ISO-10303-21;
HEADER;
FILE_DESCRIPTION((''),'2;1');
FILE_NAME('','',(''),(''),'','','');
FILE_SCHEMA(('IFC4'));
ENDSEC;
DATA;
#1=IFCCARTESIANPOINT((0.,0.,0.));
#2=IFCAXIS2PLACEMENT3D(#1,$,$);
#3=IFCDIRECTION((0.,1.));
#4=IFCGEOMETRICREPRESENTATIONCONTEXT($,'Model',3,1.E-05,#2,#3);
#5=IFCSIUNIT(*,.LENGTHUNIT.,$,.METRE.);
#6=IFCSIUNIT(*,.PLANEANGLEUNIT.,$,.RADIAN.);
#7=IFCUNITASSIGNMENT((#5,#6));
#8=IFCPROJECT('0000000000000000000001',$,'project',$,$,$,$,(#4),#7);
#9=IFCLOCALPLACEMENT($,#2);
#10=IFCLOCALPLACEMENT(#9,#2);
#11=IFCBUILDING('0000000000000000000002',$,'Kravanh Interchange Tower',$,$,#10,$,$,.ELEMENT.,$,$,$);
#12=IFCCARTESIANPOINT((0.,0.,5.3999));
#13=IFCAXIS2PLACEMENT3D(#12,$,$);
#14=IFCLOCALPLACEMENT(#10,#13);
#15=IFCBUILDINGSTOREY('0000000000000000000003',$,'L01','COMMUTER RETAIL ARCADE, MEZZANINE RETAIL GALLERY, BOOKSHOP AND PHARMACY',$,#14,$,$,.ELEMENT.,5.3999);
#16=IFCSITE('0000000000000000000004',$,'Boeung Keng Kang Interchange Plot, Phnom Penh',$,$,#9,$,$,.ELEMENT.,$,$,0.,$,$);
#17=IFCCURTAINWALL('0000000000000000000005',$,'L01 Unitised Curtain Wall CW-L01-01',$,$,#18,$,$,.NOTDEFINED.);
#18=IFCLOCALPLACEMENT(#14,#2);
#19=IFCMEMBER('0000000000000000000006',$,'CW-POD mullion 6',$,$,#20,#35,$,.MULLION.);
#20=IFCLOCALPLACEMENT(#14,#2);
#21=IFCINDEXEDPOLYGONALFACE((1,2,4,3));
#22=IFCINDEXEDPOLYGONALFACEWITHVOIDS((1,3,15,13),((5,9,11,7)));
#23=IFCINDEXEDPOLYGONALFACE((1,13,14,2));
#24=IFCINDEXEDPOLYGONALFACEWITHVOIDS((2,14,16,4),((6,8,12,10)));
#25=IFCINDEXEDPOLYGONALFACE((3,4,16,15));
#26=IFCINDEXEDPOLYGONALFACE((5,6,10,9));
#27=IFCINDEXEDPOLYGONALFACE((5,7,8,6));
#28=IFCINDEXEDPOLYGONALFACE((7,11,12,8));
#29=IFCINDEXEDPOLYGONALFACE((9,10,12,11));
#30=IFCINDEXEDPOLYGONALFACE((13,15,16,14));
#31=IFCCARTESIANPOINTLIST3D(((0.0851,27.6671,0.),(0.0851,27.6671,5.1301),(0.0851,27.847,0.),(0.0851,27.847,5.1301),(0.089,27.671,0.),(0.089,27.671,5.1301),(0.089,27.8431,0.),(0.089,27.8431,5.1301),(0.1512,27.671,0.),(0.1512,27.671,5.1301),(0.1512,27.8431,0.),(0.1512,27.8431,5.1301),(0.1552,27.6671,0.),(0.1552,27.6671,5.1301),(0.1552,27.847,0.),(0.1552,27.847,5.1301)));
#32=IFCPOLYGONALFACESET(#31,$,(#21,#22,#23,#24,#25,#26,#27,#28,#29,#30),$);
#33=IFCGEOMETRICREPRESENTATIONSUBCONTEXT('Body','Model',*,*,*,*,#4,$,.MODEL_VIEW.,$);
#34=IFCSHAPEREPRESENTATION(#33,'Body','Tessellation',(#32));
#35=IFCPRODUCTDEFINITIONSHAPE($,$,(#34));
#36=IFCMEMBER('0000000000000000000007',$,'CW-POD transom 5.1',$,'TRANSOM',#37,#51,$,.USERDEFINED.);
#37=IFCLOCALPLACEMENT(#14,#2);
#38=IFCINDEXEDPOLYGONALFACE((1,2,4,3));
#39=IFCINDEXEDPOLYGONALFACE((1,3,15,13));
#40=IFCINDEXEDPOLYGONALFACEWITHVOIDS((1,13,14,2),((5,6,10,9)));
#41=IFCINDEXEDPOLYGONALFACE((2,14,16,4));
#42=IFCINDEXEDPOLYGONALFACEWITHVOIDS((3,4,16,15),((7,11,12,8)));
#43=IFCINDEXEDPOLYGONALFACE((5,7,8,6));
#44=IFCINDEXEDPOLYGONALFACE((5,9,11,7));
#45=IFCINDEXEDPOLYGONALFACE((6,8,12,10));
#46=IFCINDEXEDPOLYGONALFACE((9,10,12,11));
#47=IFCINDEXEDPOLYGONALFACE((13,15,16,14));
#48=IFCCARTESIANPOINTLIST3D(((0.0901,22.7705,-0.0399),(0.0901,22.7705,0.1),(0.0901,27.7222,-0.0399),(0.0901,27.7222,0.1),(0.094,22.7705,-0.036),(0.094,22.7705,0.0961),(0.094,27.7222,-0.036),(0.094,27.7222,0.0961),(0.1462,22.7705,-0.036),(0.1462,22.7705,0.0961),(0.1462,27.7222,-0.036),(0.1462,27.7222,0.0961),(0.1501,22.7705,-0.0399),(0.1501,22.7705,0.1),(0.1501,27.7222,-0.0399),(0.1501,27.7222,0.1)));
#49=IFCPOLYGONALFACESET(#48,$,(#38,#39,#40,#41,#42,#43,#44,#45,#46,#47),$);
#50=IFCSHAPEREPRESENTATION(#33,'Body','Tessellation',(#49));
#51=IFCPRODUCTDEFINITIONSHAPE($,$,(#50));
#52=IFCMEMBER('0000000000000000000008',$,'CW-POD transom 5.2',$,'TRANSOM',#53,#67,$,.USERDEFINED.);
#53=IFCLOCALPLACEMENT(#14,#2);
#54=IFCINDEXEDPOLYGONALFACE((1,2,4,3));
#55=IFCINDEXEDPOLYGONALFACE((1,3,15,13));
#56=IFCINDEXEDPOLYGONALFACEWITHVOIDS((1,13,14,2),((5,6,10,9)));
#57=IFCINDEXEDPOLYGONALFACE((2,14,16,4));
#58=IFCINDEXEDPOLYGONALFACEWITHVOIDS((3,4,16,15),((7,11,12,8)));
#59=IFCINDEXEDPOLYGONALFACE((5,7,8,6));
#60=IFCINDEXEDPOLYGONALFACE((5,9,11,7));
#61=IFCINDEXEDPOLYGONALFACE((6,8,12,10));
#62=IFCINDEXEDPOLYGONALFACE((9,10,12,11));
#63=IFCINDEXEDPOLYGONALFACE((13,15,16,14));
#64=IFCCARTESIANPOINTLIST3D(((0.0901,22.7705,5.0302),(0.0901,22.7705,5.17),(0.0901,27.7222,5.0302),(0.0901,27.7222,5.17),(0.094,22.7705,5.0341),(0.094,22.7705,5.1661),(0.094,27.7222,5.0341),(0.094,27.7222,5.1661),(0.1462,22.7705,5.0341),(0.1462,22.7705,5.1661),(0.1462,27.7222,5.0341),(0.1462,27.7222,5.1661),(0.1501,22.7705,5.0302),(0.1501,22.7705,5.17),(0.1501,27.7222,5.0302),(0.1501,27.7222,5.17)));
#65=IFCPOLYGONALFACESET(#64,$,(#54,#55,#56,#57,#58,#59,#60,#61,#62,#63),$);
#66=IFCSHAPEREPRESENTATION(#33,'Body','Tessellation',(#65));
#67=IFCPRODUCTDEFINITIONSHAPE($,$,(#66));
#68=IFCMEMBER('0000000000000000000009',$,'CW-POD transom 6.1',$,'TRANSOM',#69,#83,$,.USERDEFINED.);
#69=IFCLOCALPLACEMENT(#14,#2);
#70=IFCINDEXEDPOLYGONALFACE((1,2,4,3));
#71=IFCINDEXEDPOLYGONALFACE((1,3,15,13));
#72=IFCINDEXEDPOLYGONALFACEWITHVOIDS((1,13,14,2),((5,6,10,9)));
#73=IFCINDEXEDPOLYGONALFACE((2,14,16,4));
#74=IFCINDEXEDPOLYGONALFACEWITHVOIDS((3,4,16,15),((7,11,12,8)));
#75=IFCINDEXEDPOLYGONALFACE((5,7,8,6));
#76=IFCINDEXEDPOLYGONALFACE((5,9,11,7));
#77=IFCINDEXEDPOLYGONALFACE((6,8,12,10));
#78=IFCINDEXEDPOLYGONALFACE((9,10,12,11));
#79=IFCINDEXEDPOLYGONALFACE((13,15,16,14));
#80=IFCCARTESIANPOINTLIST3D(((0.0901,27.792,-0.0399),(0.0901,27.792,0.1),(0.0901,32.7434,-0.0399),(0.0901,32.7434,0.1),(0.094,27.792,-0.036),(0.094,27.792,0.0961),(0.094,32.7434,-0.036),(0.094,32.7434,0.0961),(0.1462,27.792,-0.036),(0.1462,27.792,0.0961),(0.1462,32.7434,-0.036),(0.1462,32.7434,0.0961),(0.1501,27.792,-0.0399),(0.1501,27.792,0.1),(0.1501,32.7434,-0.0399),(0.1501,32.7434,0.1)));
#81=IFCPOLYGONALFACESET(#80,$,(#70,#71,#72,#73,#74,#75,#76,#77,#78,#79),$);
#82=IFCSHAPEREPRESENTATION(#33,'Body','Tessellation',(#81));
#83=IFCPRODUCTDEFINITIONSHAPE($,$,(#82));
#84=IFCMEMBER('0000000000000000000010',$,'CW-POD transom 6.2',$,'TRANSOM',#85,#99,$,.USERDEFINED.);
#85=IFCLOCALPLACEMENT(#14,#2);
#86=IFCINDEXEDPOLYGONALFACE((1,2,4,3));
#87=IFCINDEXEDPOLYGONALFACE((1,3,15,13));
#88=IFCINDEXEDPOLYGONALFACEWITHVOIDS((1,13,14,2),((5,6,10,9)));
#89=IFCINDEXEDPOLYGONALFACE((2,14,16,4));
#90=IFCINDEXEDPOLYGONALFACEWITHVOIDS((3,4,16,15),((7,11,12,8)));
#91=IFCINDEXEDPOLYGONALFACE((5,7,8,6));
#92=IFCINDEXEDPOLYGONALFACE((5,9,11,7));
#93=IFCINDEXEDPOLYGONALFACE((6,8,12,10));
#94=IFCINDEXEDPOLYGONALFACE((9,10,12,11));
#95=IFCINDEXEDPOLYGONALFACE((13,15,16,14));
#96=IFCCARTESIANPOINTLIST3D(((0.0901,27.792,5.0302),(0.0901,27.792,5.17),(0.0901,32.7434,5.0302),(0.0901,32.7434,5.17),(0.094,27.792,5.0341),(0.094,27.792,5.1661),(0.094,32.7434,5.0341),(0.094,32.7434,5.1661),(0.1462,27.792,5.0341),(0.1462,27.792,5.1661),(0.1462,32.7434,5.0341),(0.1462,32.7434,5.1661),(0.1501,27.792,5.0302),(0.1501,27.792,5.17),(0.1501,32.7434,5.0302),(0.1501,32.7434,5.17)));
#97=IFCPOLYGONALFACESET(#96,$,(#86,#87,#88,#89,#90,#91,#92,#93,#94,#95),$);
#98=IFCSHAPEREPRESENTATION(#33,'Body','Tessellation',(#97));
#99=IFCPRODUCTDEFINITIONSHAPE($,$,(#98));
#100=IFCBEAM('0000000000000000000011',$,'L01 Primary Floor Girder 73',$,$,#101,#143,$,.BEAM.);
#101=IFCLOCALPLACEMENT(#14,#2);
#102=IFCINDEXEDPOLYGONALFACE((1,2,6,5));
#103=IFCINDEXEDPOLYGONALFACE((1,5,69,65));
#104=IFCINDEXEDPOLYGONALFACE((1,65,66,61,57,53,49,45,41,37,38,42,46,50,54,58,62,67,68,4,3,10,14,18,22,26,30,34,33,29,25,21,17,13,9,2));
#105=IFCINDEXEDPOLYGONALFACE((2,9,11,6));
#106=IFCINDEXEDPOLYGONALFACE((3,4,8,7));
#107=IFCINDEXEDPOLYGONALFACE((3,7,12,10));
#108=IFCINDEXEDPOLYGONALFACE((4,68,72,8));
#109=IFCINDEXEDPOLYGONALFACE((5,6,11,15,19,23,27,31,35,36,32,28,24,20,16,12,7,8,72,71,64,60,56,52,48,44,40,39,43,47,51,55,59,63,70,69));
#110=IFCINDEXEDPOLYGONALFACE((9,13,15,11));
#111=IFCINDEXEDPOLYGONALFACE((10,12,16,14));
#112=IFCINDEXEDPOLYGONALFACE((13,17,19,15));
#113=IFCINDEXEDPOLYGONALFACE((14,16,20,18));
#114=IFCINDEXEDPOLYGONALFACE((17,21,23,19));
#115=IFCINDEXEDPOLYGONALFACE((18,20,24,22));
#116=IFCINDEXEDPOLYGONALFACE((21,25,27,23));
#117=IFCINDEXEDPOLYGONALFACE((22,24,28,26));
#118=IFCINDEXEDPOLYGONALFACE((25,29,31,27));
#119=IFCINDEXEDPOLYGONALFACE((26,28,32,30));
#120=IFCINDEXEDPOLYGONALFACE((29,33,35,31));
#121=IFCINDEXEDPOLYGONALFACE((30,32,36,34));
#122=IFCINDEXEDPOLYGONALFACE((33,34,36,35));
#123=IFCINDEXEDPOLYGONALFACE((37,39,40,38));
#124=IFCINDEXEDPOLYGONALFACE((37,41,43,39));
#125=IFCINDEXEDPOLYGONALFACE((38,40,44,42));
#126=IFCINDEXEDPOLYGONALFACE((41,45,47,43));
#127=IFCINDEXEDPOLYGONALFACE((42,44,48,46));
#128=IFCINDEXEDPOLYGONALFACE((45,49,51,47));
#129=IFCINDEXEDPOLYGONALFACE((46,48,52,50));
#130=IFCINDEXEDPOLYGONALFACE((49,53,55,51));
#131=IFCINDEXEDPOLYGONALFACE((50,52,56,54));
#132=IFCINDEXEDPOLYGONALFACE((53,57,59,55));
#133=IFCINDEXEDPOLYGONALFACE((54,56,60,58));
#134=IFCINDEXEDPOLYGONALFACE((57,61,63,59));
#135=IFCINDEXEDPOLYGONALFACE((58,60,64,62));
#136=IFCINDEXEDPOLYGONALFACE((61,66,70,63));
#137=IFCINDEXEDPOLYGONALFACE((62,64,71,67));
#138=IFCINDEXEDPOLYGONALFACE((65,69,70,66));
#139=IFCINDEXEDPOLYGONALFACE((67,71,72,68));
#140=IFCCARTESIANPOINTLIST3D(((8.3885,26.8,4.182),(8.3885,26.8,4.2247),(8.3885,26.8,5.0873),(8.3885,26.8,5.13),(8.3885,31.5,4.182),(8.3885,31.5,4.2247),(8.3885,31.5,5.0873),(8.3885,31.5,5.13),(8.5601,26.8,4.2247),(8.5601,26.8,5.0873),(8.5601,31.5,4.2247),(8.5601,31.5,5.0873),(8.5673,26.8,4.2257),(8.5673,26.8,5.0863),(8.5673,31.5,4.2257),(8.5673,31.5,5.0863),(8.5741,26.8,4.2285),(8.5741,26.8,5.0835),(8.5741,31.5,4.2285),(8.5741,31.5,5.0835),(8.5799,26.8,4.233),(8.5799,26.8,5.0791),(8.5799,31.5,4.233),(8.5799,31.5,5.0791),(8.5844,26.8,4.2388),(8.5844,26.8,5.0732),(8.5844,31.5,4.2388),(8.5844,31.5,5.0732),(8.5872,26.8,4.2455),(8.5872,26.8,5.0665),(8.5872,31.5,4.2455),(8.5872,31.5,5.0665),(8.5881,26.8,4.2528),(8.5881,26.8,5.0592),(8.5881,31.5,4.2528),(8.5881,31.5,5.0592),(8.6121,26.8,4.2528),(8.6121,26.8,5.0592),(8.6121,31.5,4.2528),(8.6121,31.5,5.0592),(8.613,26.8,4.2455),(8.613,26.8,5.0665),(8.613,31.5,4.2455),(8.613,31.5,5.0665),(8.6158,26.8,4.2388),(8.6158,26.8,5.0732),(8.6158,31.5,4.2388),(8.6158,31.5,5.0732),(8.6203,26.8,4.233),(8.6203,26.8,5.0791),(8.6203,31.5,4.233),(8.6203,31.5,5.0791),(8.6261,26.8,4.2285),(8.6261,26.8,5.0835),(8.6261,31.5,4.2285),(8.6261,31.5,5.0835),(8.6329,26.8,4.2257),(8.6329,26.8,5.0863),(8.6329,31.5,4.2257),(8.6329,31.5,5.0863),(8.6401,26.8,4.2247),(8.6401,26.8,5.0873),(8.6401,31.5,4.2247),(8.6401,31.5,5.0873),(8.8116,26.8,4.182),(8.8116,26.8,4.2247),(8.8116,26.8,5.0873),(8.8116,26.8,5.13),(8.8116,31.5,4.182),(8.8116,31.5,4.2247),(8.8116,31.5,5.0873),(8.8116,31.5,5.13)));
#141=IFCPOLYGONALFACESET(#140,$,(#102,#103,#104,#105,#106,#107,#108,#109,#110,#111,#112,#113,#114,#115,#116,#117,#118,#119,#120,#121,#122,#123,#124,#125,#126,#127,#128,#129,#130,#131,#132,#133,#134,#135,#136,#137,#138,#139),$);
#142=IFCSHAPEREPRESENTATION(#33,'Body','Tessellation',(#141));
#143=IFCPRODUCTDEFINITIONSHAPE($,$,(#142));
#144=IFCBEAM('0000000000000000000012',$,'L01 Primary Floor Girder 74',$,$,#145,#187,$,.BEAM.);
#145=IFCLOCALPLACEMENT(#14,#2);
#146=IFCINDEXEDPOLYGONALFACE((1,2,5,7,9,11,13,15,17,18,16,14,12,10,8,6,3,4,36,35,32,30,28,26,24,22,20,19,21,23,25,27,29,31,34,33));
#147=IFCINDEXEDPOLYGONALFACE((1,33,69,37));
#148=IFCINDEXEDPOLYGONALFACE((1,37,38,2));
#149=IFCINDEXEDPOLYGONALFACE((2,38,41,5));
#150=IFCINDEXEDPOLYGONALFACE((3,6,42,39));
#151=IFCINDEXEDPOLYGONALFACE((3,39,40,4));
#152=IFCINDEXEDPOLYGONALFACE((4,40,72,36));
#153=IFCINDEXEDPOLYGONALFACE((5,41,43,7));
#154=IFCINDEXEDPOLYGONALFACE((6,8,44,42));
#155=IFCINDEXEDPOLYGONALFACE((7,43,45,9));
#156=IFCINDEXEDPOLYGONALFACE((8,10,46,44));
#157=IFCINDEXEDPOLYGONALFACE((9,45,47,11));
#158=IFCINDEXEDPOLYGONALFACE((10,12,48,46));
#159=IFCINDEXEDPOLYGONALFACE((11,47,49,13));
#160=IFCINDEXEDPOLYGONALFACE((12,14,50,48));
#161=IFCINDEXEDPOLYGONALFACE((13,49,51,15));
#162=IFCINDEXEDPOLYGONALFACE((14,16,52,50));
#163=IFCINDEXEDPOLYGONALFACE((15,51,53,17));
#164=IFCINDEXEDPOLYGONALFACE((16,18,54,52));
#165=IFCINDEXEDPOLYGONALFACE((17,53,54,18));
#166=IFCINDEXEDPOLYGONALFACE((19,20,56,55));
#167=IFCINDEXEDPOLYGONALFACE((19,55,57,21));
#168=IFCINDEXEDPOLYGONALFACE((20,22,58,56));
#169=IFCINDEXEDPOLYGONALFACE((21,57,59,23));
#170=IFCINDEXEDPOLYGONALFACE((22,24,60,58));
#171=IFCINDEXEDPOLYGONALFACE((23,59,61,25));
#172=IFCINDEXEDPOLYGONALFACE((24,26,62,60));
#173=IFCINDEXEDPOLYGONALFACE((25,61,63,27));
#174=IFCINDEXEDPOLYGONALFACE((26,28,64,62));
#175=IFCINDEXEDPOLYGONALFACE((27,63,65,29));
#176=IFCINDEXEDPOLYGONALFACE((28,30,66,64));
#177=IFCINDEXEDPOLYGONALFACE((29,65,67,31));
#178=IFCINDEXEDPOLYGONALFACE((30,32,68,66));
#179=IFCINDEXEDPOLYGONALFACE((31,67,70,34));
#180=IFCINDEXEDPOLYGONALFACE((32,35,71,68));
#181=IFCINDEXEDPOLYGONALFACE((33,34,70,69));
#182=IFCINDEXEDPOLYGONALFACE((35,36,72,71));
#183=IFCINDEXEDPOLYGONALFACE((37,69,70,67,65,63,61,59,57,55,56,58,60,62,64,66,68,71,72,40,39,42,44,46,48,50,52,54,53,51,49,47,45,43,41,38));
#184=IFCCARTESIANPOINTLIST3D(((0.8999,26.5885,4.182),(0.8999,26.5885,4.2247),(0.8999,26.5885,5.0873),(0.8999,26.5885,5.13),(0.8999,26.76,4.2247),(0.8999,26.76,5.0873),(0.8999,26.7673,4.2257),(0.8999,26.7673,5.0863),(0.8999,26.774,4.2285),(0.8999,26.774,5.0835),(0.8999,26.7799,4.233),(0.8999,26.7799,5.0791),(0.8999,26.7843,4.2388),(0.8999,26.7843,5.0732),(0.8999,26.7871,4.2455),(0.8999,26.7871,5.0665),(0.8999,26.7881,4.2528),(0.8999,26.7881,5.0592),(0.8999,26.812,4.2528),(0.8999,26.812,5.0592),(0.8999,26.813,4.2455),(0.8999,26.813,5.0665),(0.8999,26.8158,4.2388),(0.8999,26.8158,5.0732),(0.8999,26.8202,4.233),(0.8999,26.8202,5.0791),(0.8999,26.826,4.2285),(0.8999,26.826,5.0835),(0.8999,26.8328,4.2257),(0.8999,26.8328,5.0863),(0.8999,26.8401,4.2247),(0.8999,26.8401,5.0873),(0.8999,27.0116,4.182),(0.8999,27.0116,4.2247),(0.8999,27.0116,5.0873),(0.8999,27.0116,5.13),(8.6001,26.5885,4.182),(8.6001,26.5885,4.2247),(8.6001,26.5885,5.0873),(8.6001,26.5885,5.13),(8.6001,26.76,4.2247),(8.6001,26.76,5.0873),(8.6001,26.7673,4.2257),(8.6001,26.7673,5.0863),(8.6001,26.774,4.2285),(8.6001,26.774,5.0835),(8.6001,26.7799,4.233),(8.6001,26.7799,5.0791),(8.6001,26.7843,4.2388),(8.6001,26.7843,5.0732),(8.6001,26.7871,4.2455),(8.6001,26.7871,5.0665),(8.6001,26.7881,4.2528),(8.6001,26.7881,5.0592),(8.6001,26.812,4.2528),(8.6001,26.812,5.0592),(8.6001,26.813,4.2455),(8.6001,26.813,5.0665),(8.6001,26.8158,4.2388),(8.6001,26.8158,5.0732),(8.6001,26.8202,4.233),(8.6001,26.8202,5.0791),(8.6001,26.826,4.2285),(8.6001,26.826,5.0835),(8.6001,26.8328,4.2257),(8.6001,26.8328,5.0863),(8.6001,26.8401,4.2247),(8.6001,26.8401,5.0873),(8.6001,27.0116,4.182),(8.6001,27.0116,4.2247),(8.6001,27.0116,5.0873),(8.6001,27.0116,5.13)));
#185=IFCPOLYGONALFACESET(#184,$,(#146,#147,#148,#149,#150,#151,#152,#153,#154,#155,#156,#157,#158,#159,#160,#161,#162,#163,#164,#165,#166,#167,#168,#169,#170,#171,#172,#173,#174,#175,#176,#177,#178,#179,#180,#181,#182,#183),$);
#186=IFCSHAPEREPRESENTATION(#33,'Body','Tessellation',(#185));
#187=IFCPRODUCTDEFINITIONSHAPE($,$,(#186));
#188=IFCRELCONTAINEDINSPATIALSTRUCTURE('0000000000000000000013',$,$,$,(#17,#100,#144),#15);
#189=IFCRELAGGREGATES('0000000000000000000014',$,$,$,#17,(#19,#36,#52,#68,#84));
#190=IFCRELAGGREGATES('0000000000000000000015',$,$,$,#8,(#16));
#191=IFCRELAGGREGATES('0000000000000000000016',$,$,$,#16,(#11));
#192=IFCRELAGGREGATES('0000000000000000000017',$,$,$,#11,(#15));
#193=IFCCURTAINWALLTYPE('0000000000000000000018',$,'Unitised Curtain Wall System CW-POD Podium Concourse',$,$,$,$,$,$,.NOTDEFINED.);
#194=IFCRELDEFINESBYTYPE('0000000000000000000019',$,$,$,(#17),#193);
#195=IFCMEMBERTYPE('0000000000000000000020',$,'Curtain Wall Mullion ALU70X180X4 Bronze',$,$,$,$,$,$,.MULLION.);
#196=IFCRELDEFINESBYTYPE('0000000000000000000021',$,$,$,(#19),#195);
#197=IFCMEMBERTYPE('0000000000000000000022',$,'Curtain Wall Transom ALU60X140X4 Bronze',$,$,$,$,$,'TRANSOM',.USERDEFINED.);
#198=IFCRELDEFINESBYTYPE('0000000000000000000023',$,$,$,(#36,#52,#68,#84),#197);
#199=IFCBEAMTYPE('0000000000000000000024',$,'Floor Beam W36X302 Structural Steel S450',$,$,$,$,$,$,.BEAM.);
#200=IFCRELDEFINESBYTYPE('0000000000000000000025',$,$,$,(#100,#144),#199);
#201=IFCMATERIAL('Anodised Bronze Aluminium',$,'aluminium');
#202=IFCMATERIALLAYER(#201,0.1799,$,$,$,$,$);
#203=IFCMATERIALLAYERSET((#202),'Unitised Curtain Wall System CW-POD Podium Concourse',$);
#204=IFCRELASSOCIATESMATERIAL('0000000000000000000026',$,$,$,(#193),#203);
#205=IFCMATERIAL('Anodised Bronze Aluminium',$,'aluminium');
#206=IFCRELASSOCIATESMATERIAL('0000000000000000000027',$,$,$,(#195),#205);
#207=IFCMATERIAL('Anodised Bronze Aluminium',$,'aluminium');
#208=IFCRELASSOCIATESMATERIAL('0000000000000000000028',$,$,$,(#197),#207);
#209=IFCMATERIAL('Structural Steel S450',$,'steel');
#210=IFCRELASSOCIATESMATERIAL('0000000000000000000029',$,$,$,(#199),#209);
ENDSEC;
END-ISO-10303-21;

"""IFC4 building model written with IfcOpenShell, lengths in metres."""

from ifc_helpers import new_model, si_unit, direction, frame, origin, origin_2d, place, context, subcontext, project, spatial, hollow_rectangle, i_section, extrude, material, layer, layer_set, material_profile, profile_set, type_object, element, aggregate, save


model = new_model("IFC4")

# Units and contexts
model_context = context("Model", 3, precision=1e-05, world=origin(), true_north=direction((0.0, 1.0)))
body_context = subcontext(model_context, "Body", "Model", "MODEL_VIEW")
ifc_project = project(units=[si_unit("LENGTHUNIT", "METRE"), si_unit("PLANEANGLEUNIT", "RADIAN")], contexts=[model_context])

# Site, building, storey
site_placement = place(None, origin())
site = spatial("IfcSite", under=ifc_project, at=site_placement, Name="Boeung Keng Kang Interchange Plot, Phnom Penh", CompositionType="ELEMENT", RefElevation=0.0)
building_placement = place(site_placement, origin())
building = spatial("IfcBuilding", under=site, at=building_placement, Name="Kravanh Interchange Tower", CompositionType="ELEMENT")
storey_placement = place(building_placement, frame((0.0, 0.0, 5.3999)))
storey = spatial("IfcBuildingStorey", under=building, at=storey_placement, Name="L01", Description="COMMUTER RETAIL ARCADE, MEZZANINE RETAIL GALLERY, BOOKSHOP AND PHARMACY", CompositionType="ELEMENT", Elevation=5.3999)

# Curtain wall, members
ifc_material_1 = material(Name="Anodised Bronze Aluminium", Category="aluminium")
ifc_layer_1 = layer(ifc_material_1, 0.1799)
ifc_layer_set_1 = layer_set([ifc_layer_1], Name="Unitised Curtain Wall System CW-POD Podium Concourse")
curtain_wall_type = type_object("IfcCurtainWallType", Name="Unitised Curtain Wall System CW-POD Podium Concourse", PredefinedType="NOTDEFINED", material=ifc_layer_set_1)
curtain_wall_placement = place(storey_placement, origin())
curtain_wall = element("IfcCurtainWall", 1, at=curtain_wall_placement, inside=storey, type_object=curtain_wall_type, Name="L01 Unitised Curtain Wall CW-L01-01", PredefinedType="NOTDEFINED")
ifc_material_2 = material(Name="Anodised Bronze Aluminium", Category="aluminium")
ifc_material_profile_1 = material_profile(ifc_material_2, hollow_rectangle(XDim=0.0701, YDim=0.1799, WallThickness=0.0039, at=origin_2d()), Name="ALU70X180X4")
ifc_profile_set_1 = profile_set([ifc_material_profile_1], Name="Anodised Bronze Aluminium")
member_type_1 = type_object("IfcMemberType", Name="Curtain Wall Mullion ALU70X180X4 Bronze", PredefinedType="MULLION", material=ifc_profile_set_1)
member_1_placement = place(storey_placement, frame((0.1201, 27.7571, 0.0), z_axis=(0.0, 0.0, 1.0), x_axis=(-1.0, 0.0, 0.0)))
member_1 = element("IfcMember", 2, at=member_1_placement, type_object=member_type_1, Name="CW-POD mullion 6", PredefinedType="MULLION", context=body_context, shape_type="SweptSolid", body=[
    extrude(hollow_rectangle(XDim=0.0701, YDim=0.1799, WallThickness=0.0039, at=origin_2d()), origin(), (0.0, 0.0, 1.0), 5.1301),
])
ifc_material_3 = material(Name="Anodised Bronze Aluminium", Category="aluminium")
ifc_material_profile_2 = material_profile(ifc_material_3, hollow_rectangle(XDim=0.0601, YDim=0.1399, WallThickness=0.0039, at=origin_2d()), Name="ALU60X140X4")
ifc_profile_set_2 = profile_set([ifc_material_profile_2], Name="Anodised Bronze Aluminium")
member_type_2 = type_object("IfcMemberType", Name="Curtain Wall Transom ALU60X140X4 Bronze", ElementType="TRANSOM", PredefinedType="USERDEFINED", material=ifc_profile_set_2)
member_2_placement = place(storey_placement, frame((0.1201, 22.7705, 0.03), z_axis=(0.0, 1.0, 0.0), x_axis=(-1.0, 0.0, 0.0)))
member_2 = element("IfcMember", 3, at=member_2_placement, type_object=member_type_2, Name="CW-POD transom 5.1", ObjectType="TRANSOM", PredefinedType="USERDEFINED", context=body_context, shape_type="SweptSolid", body=[
    extrude(hollow_rectangle(XDim=0.0601, YDim=0.1399, WallThickness=0.0039, at=origin_2d()), origin(), (0.0, 0.0, 1.0), 4.9517),
])
member_3_placement = place(storey_placement, frame((0.1201, 22.7705, 5.1001), z_axis=(0.0, 1.0, 0.0), x_axis=(-1.0, 0.0, 0.0)))
member_3 = element("IfcMember", 4, at=member_3_placement, type_object=member_type_2, Name="CW-POD transom 5.2", ObjectType="TRANSOM", PredefinedType="USERDEFINED", context=body_context, shape_type="SweptSolid", body=[
    extrude(hollow_rectangle(XDim=0.0601, YDim=0.1399, WallThickness=0.0039, at=origin_2d()), origin(), (0.0, 0.0, 1.0), 4.9517),
])
member_4_placement = place(storey_placement, frame((0.1201, 27.792, 0.03), z_axis=(0.0, 1.0, 0.0), x_axis=(-1.0, 0.0, 0.0)))
member_4 = element("IfcMember", 5, at=member_4_placement, type_object=member_type_2, Name="CW-POD transom 6.1", ObjectType="TRANSOM", PredefinedType="USERDEFINED", context=body_context, shape_type="SweptSolid", body=[
    extrude(hollow_rectangle(XDim=0.0601, YDim=0.1399, WallThickness=0.0039, at=origin_2d()), origin(), (0.0, 0.0, 1.0), 4.9514),
])
member_5_placement = place(storey_placement, frame((0.1201, 27.792, 5.1001), z_axis=(0.0, 1.0, 0.0), x_axis=(-1.0, 0.0, 0.0)))
member_5 = element("IfcMember", 6, at=member_5_placement, type_object=member_type_2, Name="CW-POD transom 6.2", ObjectType="TRANSOM", PredefinedType="USERDEFINED", context=body_context, shape_type="SweptSolid", body=[
    extrude(hollow_rectangle(XDim=0.0601, YDim=0.1399, WallThickness=0.0039, at=origin_2d()), origin(), (0.0, 0.0, 1.0), 4.9514),
])

# Beams
ifc_material_4 = material(Name="Structural Steel S450", Category="steel")
ifc_material_profile_3 = material_profile(ifc_material_4, i_section(OverallWidth=0.4231, OverallDepth=0.948, WebThickness=0.0239, FlangeThickness=0.0427, FilletRadius=0.0281, at=origin_2d()), Name="W36X302")
ifc_profile_set_3 = profile_set([ifc_material_profile_3], Name="Structural Steel S450")
beam_type_1 = type_object("IfcBeamType", Name="Floor Beam W36X302 Structural Steel S450", PredefinedType="BEAM", material=ifc_profile_set_3)
beam_1_placement = place(storey_placement, frame((8.6001, 26.8, 4.656), z_axis=(0.0, 1.0, 0.0), x_axis=(-1.0, 0.0, 0.0)))
element("IfcBeam", 7, at=beam_1_placement, inside=storey, type_object=beam_type_1, Name="L01 Primary Floor Girder 73", PredefinedType="BEAM", context=body_context, shape_type="SweptSolid", body=[
    extrude(i_section(OverallWidth=0.4231, OverallDepth=0.948, WebThickness=0.0239, FlangeThickness=0.0427, FilletRadius=0.0281, at=origin_2d()), origin(), (0.0, 0.0, 1.0), 4.7),
])
beam_2_placement = place(storey_placement, frame((8.6001, 26.8, 4.656), z_axis=(-1.0, 0.0, 0.0), x_axis=(0.0, -1.0, 0.0)))
element("IfcBeam", 8, at=beam_2_placement, inside=storey, type_object=beam_type_1, Name="L01 Primary Floor Girder 74", PredefinedType="BEAM", context=body_context, shape_type="SweptSolid", body=[
    extrude(i_section(OverallWidth=0.4231, OverallDepth=0.948, WebThickness=0.0239, FlangeThickness=0.0427, FilletRadius=0.0281, at=origin_2d()), origin(), (0.0, 0.0, 1.0), 7.7002),
])

aggregate(curtain_wall, [member_1, member_2, member_3, member_4, member_5])

save(model, "model.ifc")
